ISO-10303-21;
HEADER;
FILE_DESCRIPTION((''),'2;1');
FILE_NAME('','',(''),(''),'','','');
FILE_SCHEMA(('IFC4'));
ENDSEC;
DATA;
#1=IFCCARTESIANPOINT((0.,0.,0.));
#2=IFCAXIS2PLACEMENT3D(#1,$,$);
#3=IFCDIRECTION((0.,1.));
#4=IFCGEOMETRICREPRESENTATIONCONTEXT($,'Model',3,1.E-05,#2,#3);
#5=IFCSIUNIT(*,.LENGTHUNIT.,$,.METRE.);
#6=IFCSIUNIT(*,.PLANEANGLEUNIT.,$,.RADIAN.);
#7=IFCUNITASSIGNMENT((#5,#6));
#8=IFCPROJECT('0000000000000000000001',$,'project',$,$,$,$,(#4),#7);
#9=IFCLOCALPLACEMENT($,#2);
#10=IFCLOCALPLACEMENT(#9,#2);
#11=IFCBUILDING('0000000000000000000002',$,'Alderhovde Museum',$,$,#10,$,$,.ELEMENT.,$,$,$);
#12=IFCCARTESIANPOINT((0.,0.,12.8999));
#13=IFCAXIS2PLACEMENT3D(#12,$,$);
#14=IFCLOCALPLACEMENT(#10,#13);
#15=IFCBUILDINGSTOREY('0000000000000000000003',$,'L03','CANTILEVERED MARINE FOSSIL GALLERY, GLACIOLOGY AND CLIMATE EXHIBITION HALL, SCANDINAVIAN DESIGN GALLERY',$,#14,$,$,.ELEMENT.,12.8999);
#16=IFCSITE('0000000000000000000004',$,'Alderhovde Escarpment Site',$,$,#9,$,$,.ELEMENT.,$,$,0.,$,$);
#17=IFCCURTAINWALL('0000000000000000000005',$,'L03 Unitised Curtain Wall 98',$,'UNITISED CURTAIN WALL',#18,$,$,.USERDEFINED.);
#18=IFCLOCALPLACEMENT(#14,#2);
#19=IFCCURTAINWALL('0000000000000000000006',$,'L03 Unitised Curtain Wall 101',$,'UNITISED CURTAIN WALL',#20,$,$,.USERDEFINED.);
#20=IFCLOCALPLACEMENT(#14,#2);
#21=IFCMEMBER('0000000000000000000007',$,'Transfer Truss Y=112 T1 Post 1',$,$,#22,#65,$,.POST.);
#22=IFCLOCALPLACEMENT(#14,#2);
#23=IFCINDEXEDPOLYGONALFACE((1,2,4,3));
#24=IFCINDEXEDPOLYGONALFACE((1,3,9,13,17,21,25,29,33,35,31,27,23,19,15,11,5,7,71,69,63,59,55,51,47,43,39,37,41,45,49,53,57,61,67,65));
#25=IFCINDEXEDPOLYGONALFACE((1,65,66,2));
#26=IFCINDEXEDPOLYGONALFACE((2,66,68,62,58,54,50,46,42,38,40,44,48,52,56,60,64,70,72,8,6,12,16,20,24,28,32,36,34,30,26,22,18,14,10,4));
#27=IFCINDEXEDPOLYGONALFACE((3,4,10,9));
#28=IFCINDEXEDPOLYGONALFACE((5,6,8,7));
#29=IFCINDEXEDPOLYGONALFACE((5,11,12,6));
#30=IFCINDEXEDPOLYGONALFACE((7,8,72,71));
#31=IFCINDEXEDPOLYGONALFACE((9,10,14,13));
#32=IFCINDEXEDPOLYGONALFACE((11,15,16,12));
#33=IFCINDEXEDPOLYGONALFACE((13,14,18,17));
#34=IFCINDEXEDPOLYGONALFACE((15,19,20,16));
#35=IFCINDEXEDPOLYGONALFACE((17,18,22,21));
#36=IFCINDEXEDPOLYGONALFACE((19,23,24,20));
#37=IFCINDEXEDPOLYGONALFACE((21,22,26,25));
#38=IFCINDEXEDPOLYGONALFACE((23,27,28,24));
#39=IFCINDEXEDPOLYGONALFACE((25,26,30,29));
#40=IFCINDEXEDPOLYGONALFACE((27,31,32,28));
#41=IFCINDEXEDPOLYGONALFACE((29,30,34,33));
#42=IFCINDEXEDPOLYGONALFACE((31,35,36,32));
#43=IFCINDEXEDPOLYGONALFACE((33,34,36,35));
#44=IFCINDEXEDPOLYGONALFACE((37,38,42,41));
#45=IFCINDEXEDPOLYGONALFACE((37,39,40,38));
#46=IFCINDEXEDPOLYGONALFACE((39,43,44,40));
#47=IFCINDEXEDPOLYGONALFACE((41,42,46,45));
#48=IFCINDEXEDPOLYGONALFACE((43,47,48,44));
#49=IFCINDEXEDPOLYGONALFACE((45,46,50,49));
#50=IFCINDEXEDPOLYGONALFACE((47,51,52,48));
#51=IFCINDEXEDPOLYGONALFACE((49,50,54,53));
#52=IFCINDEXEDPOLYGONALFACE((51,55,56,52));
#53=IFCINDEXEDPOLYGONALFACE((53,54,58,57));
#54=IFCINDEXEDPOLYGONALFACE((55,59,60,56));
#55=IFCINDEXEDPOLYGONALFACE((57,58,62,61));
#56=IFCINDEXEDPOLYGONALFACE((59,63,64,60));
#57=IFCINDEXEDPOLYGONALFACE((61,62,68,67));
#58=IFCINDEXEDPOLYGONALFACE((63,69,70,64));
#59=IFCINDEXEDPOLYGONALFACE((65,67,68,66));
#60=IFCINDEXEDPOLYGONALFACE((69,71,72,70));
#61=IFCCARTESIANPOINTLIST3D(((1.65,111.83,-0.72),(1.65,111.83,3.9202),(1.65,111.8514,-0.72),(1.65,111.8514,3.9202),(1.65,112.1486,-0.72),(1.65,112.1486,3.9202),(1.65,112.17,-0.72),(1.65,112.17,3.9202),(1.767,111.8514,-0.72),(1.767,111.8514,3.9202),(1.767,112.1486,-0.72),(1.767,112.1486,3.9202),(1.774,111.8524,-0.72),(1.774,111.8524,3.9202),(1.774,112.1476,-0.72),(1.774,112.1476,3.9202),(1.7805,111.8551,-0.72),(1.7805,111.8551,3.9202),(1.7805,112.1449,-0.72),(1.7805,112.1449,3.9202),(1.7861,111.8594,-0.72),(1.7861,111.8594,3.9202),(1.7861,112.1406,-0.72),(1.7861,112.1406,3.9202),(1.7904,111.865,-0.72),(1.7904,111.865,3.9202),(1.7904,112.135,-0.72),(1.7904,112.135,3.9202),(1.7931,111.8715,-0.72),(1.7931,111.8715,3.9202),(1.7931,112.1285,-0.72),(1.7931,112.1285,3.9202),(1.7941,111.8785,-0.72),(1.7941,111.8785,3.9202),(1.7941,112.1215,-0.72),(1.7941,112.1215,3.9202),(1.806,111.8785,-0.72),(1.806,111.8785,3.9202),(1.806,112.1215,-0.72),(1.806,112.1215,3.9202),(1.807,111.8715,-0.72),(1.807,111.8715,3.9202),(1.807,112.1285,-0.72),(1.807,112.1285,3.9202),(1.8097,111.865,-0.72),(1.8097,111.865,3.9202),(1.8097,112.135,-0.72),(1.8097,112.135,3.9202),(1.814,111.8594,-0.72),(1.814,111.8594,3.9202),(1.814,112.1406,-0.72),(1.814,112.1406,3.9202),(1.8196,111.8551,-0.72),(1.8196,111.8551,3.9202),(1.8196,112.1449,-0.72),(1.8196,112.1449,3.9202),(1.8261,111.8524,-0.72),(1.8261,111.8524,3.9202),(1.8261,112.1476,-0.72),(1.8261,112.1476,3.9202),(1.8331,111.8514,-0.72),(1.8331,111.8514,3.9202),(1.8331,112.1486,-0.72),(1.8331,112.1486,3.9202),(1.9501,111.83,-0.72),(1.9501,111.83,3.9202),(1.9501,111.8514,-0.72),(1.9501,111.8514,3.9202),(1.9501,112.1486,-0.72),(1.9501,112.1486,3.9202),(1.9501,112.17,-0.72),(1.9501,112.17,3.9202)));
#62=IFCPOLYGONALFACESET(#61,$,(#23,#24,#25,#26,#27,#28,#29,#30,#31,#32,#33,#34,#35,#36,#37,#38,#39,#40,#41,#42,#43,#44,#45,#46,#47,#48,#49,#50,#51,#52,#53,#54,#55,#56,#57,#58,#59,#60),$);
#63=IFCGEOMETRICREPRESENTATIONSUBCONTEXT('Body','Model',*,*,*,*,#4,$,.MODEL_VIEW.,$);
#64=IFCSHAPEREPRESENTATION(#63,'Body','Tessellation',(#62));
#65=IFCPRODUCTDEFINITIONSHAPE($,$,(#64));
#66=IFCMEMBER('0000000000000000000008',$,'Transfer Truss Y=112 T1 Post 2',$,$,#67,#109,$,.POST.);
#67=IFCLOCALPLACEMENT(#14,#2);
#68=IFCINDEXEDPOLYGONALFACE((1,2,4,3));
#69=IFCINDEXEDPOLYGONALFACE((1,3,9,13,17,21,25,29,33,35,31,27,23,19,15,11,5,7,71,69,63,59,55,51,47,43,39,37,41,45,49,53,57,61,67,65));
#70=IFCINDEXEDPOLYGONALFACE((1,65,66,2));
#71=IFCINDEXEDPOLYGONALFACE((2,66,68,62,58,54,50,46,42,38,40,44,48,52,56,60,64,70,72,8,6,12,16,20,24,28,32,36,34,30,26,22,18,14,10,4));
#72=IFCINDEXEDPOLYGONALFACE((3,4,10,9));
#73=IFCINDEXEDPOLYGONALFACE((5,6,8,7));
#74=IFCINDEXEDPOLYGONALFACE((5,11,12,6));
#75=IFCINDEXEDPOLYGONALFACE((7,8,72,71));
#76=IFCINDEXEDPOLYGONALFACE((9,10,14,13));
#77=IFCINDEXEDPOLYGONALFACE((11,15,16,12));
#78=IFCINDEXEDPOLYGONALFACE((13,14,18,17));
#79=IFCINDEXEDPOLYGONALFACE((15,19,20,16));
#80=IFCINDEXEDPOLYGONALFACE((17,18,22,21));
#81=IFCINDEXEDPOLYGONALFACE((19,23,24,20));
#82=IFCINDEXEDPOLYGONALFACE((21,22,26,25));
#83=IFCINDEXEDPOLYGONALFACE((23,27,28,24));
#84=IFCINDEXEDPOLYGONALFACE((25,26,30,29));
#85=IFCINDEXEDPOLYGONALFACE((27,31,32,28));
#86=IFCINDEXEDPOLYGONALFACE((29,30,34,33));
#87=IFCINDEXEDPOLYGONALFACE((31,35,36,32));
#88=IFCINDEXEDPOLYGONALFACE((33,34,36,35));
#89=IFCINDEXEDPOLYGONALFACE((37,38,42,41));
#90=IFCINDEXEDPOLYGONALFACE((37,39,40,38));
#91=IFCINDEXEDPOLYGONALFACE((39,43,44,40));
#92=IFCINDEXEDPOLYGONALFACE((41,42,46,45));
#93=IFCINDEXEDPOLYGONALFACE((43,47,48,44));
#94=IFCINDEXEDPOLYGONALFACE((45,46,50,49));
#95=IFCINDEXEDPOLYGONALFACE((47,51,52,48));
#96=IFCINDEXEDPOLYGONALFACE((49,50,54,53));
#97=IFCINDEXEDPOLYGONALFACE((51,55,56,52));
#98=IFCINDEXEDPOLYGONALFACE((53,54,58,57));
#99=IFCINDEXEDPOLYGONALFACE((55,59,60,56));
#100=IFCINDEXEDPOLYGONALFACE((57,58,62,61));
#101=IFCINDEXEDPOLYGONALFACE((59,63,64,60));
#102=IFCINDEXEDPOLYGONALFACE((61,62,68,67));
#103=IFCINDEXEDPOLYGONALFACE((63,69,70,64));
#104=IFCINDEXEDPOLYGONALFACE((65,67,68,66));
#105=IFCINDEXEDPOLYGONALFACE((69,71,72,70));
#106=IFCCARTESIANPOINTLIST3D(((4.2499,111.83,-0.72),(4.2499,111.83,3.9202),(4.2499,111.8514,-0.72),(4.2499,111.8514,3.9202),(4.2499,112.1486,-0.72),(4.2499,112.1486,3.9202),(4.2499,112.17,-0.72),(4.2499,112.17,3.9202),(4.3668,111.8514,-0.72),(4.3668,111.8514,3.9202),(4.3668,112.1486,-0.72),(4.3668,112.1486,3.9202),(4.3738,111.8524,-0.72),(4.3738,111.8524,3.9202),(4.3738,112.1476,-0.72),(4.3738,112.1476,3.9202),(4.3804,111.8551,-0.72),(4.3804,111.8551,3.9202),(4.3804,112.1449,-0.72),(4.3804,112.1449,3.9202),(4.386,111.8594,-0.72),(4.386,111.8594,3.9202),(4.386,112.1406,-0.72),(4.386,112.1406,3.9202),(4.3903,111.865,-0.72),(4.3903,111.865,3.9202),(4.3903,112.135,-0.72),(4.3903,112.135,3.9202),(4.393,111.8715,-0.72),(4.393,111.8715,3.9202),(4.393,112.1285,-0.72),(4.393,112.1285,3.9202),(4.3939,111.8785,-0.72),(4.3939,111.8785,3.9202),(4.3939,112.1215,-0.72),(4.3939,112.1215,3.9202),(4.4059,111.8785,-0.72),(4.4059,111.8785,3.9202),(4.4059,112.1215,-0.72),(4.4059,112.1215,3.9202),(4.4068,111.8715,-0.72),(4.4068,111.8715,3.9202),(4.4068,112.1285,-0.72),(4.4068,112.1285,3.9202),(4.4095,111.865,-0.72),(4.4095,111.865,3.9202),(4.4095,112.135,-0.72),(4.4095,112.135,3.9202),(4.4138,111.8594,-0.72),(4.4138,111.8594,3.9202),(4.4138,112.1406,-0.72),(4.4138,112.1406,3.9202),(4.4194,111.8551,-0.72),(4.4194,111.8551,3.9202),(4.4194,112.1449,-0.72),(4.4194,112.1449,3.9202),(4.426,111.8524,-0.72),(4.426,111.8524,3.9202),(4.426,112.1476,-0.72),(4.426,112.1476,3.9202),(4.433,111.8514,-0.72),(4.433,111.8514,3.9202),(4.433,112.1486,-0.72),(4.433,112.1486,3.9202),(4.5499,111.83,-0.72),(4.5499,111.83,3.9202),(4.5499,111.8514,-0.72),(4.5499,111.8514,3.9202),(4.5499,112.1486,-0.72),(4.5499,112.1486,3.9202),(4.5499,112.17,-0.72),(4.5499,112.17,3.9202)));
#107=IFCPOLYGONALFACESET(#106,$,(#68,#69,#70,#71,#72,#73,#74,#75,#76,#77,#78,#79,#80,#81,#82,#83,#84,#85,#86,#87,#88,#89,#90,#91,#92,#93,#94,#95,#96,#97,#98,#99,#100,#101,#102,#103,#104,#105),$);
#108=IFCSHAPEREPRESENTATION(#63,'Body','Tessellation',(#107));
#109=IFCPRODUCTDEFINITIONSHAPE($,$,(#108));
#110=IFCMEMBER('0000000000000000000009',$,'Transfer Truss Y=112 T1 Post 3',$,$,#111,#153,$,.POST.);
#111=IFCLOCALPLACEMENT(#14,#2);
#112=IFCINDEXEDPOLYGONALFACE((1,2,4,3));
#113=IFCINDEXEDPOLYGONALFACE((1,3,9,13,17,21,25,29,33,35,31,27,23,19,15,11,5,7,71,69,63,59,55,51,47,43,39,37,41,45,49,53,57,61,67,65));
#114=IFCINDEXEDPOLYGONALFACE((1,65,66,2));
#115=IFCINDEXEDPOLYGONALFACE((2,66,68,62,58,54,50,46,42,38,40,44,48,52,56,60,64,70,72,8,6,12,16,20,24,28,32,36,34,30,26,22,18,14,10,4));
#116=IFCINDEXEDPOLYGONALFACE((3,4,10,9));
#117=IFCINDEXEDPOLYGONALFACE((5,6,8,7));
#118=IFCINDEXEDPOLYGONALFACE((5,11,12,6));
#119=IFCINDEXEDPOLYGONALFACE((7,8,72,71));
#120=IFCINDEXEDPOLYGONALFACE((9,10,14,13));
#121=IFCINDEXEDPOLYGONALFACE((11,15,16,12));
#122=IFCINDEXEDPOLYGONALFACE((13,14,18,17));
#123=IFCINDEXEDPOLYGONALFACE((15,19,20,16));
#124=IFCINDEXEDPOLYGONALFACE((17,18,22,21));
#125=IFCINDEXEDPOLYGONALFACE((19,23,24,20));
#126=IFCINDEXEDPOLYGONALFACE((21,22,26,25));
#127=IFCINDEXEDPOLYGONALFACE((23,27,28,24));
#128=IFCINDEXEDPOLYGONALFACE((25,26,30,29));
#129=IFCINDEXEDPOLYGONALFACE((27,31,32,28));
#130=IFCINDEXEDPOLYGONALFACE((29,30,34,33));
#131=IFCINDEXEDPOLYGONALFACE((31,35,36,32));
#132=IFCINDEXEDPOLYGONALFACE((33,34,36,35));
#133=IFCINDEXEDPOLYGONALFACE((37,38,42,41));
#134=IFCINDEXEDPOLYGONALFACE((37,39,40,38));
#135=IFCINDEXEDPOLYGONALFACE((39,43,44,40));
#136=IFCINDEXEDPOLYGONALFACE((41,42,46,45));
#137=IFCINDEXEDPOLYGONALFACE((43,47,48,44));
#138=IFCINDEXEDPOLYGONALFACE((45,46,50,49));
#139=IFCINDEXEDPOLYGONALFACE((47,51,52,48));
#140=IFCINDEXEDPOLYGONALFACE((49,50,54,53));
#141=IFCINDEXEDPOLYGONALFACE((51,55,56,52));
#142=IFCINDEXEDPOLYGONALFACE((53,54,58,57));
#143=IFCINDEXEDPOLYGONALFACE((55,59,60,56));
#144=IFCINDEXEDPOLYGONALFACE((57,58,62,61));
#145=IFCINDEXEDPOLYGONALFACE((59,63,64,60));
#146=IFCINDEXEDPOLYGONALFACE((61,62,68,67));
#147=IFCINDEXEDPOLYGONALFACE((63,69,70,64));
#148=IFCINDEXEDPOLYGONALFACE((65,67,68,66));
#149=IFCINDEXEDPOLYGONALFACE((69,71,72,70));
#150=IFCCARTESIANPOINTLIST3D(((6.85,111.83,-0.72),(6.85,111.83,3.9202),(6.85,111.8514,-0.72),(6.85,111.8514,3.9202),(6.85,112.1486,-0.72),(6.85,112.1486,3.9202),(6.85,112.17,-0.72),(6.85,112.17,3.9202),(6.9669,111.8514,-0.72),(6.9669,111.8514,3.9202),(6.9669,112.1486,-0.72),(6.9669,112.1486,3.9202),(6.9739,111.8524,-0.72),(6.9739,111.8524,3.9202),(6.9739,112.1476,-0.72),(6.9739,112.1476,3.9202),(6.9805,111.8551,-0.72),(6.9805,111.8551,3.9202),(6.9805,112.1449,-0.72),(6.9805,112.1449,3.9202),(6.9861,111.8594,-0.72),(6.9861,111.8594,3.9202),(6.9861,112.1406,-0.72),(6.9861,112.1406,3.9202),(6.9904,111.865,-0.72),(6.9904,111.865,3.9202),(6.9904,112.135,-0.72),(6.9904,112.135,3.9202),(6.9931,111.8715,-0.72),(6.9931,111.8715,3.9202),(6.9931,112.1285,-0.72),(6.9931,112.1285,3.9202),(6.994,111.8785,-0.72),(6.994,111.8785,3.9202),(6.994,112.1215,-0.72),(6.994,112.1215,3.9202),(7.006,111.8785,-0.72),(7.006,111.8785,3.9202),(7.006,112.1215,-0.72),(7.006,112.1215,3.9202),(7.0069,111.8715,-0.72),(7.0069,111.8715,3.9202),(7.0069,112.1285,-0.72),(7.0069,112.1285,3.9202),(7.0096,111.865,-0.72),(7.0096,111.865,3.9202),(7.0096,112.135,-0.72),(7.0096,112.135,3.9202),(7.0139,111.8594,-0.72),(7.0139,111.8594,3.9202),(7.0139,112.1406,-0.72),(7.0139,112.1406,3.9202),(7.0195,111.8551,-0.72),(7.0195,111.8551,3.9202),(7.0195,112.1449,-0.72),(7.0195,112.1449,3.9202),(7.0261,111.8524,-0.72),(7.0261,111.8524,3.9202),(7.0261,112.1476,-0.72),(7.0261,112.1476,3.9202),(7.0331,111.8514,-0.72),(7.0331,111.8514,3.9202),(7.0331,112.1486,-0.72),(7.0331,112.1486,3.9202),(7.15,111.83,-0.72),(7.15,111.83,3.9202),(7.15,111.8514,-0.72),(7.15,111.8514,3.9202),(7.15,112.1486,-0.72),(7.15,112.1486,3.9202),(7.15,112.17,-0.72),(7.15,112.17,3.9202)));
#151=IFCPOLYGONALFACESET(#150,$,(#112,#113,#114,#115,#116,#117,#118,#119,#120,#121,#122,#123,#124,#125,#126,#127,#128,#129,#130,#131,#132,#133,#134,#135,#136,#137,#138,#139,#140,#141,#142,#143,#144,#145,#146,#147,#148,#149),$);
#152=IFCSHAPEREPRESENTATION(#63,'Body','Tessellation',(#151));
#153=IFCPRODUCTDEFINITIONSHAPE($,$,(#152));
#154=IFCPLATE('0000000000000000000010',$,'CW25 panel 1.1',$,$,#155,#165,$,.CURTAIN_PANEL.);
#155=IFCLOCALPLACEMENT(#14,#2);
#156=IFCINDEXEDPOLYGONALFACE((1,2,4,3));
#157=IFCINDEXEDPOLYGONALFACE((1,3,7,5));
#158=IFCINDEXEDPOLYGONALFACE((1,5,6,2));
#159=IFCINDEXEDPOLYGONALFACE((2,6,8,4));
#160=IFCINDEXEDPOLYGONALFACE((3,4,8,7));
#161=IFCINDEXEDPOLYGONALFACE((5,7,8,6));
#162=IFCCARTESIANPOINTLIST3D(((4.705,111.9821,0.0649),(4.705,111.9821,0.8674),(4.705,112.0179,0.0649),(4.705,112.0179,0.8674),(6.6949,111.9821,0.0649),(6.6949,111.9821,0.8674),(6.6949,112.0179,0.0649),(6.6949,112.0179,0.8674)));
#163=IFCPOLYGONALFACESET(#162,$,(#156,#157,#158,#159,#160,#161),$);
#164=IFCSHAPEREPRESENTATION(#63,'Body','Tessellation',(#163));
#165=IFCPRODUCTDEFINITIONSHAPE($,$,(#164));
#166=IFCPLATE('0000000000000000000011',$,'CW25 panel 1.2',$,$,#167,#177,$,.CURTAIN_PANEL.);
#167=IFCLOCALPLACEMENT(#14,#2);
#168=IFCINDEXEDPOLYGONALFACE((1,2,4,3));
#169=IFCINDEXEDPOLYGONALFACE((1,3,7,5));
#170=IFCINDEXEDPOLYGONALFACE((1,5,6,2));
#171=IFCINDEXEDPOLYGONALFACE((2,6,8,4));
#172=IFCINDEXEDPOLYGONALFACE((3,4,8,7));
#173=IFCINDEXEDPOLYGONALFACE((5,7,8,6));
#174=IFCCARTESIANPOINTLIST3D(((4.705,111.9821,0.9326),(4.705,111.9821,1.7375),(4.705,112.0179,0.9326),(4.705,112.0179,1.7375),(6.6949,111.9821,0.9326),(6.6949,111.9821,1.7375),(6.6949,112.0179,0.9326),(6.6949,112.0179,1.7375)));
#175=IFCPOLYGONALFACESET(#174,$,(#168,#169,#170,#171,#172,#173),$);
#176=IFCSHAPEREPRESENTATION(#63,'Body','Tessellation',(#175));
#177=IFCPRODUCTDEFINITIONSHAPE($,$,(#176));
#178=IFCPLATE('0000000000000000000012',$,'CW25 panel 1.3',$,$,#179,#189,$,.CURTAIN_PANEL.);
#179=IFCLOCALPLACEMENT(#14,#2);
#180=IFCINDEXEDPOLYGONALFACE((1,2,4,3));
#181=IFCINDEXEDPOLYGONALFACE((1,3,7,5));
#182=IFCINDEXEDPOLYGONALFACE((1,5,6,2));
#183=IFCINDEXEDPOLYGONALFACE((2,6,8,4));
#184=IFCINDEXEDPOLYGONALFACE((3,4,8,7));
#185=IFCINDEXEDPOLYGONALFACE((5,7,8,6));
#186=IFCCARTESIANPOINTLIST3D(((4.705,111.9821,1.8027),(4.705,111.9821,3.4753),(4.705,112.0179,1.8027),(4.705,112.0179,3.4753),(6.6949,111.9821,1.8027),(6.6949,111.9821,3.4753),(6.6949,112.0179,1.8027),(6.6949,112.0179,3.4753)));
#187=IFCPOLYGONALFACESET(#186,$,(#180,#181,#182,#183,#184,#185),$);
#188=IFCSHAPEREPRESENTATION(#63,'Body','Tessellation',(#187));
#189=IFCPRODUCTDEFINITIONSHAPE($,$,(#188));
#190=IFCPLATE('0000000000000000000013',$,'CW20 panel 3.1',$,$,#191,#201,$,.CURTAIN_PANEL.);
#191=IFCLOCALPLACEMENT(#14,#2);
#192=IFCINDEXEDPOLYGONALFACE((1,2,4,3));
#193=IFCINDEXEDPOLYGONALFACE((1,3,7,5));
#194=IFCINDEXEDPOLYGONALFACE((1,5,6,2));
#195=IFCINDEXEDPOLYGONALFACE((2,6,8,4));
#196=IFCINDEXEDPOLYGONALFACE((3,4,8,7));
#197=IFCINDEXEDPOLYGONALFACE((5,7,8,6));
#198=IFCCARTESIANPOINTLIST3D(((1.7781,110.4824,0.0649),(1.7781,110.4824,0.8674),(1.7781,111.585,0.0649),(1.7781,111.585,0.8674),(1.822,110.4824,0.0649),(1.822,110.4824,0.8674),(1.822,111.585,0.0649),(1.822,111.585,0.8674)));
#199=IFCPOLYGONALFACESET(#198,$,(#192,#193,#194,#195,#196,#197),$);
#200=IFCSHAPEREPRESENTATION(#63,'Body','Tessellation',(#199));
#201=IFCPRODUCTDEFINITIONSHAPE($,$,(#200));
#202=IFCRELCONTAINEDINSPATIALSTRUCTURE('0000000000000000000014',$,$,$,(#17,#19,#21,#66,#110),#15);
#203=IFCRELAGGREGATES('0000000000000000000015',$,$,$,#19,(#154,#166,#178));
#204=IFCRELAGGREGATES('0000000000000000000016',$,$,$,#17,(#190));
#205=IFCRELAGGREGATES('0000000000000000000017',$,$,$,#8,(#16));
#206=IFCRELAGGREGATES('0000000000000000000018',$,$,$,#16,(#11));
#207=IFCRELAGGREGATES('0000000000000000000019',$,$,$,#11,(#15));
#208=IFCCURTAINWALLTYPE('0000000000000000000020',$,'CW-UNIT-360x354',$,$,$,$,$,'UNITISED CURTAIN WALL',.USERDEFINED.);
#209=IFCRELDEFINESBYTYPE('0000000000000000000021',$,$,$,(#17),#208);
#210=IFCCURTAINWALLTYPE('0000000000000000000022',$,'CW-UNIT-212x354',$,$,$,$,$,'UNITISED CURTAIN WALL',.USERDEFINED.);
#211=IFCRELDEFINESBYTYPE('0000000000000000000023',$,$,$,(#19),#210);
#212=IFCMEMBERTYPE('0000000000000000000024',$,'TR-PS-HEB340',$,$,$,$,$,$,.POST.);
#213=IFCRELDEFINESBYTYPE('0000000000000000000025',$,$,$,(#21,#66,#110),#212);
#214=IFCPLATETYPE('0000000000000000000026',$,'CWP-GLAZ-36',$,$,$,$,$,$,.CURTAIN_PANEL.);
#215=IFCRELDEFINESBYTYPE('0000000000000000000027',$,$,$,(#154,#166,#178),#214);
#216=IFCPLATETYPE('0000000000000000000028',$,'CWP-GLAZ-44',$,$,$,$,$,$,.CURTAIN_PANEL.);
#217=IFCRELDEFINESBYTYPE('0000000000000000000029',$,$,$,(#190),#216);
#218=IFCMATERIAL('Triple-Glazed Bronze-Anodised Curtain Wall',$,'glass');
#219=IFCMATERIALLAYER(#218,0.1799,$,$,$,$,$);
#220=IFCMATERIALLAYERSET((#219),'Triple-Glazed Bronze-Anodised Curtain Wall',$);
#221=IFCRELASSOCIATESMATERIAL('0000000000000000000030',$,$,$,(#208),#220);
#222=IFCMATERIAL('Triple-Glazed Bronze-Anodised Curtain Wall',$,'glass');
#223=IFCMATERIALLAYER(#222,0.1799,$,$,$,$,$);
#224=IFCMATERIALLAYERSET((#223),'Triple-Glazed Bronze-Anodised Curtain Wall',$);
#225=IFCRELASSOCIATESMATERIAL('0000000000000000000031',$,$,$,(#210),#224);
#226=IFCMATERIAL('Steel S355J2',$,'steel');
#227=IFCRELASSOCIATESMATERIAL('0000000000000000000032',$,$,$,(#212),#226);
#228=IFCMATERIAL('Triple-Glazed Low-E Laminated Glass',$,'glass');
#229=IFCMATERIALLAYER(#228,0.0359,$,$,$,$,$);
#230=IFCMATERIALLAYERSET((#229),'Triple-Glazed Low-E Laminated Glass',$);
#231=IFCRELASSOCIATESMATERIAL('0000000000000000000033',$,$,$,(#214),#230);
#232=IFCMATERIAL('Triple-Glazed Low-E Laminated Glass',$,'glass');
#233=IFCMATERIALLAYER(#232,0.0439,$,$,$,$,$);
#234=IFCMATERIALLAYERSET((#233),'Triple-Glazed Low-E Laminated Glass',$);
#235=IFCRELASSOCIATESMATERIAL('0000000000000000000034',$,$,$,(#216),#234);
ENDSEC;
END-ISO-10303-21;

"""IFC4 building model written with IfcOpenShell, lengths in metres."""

from ifc_helpers import new_model, si_unit, direction, frame, origin, origin_2d, place, context, subcontext, project, spatial, rectangle, i_section, extrude, material, layer, layer_set, material_profile, profile_set, type_object, element, aggregate, save


model = new_model("IFC4")

# Units and contexts
model_context = context("Model", 3, precision=1e-05, world=origin(), true_north=direction((0.0, 1.0)))
body_context = subcontext(model_context, "Body", "Model", "MODEL_VIEW")
ifc_project = project(units=[si_unit("LENGTHUNIT", "METRE"), si_unit("PLANEANGLEUNIT", "RADIAN")], contexts=[model_context])

# Site, building, storey
site_placement = place(None, origin())
site = spatial("IfcSite", under=ifc_project, at=site_placement, Name="Alderhovde Escarpment Site", CompositionType="ELEMENT", RefElevation=0.0)
building_placement = place(site_placement, origin())
building = spatial("IfcBuilding", under=site, at=building_placement, Name="Alderhovde Museum", CompositionType="ELEMENT")
storey_placement = place(building_placement, frame((0.0, 0.0, 12.8999)))
storey = spatial("IfcBuildingStorey", under=building, at=storey_placement, Name="L03", Description="CANTILEVERED MARINE FOSSIL GALLERY, GLACIOLOGY AND CLIMATE EXHIBITION HALL, SCANDINAVIAN DESIGN GALLERY", CompositionType="ELEMENT", Elevation=12.8999)

# Curtain wall
ifc_material_1 = material(Name="Triple-Glazed Bronze-Anodised Curtain Wall", Category="glass")
ifc_layer_1 = layer(ifc_material_1, 0.1799)
ifc_layer_set_1 = layer_set([ifc_layer_1], Name="Triple-Glazed Bronze-Anodised Curtain Wall")
curtain_wall_type_1 = type_object("IfcCurtainWallType", Name="CW-UNIT-360x354", ElementType="UNITISED CURTAIN WALL", PredefinedType="USERDEFINED", material=ifc_layer_set_1)
curtain_wall_1_placement = place(storey_placement, origin())
curtain_wall_1 = element("IfcCurtainWall", 1, at=curtain_wall_1_placement, inside=storey, type_object=curtain_wall_type_1, Name="L03 Unitised Curtain Wall 98", ObjectType="UNITISED CURTAIN WALL", PredefinedType="USERDEFINED")

# Curtain wall
ifc_material_2 = material(Name="Triple-Glazed Bronze-Anodised Curtain Wall", Category="glass")
ifc_layer_2 = layer(ifc_material_2, 0.1799)
ifc_layer_set_2 = layer_set([ifc_layer_2], Name="Triple-Glazed Bronze-Anodised Curtain Wall")
curtain_wall_type_2 = type_object("IfcCurtainWallType", Name="CW-UNIT-212x354", ElementType="UNITISED CURTAIN WALL", PredefinedType="USERDEFINED", material=ifc_layer_set_2)
curtain_wall_2_placement = place(storey_placement, origin())
curtain_wall_2 = element("IfcCurtainWall", 2, at=curtain_wall_2_placement, inside=storey, type_object=curtain_wall_type_2, Name="L03 Unitised Curtain Wall 101", ObjectType="UNITISED CURTAIN WALL", PredefinedType="USERDEFINED")

# Members
ifc_material_3 = material(Name="Steel S355J2", Category="steel")
ifc_material_profile_1 = material_profile(ifc_material_3, i_section(OverallWidth=0.3, OverallDepth=0.3401, WebThickness=0.012, FlangeThickness=0.0215, FilletRadius=0.0271, at=origin_2d()), Name="HEB 340")
ifc_profile_set_1 = profile_set([ifc_material_profile_1], Name="Steel S355J2")
member_type_1 = type_object("IfcMemberType", Name="TR-PS-HEB340", PredefinedType="POST", material=ifc_profile_set_1)
for number, where, z_axis, x_axis, name in (
    (3, (1.8, 112.0, -0.72), (0.0, 0.0, 1.0), (1.0, 0.0, 0.0), "Transfer Truss Y=112 T1 Post 1"),
    (4, (4.3999, 112.0, -0.72), (0.0, 0.0, 1.0), (1.0, 0.0, 0.0), "Transfer Truss Y=112 T1 Post 2"),
    (5, (7.0, 112.0, -0.72), (0.0, 0.0, 1.0), (1.0, 0.0, 0.0), "Transfer Truss Y=112 T1 Post 3"),
):
    element("IfcMember", number, at=place(storey_placement, frame(where, z_axis=z_axis, x_axis=x_axis)), inside=storey, type_object=member_type_1, Name=name, PredefinedType="POST", context=body_context, shape_type="SweptSolid", body=[
        extrude(i_section(OverallWidth=0.3, OverallDepth=0.3401, WebThickness=0.012, FlangeThickness=0.0215, FilletRadius=0.0271, at=origin_2d()), origin(), (0.0, 0.0, 1.0), 4.6401),
    ])

# Plates
ifc_material_4 = material(Name="Triple-Glazed Low-E Laminated Glass", Category="glass")
ifc_layer_3 = layer(ifc_material_4, 0.0359)
ifc_layer_set_3 = layer_set([ifc_layer_3], Name="Triple-Glazed Low-E Laminated Glass")
plate_type_1 = type_object("IfcPlateType", Name="CWP-GLAZ-36", PredefinedType="CURTAIN_PANEL", material=ifc_layer_set_3)
plate_1_placement = place(storey_placement, frame((5.7, 112.0, 0.0649), z_axis=(0.0, 0.0, 1.0), x_axis=(1.0, 0.0, 0.0)))
plate_1 = element("IfcPlate", 6, at=plate_1_placement, type_object=plate_type_1, Name="CW25 panel 1.1", PredefinedType="CURTAIN_PANEL", context=body_context, shape_type="SweptSolid", body=[
    extrude(rectangle(XDim=1.99, YDim=0.0359, at=origin_2d()), origin(), (0.0, 0.0, 1.0), 0.8025),
])
plate_2_placement = place(storey_placement, frame((5.7, 112.0, 0.9326), z_axis=(0.0, 0.0, 1.0), x_axis=(1.0, 0.0, 0.0)))
plate_2 = element("IfcPlate", 7, at=plate_2_placement, type_object=plate_type_1, Name="CW25 panel 1.2", PredefinedType="CURTAIN_PANEL", context=body_context, shape_type="SweptSolid", body=[
    extrude(rectangle(XDim=1.99, YDim=0.0359, at=origin_2d()), origin(), (0.0, 0.0, 1.0), 0.8049),
])
plate_3_placement = place(storey_placement, frame((5.7, 112.0, 1.8027), z_axis=(0.0, 0.0, 1.0), x_axis=(1.0, 0.0, 0.0)))
plate_3 = element("IfcPlate", 8, at=plate_3_placement, type_object=plate_type_1, Name="CW25 panel 1.3", PredefinedType="CURTAIN_PANEL", context=body_context, shape_type="SweptSolid", body=[
    extrude(rectangle(XDim=1.99, YDim=0.0359, at=origin_2d()), origin(), (0.0, 0.0, 1.0), 1.6726),
])
aggregate(curtain_wall_2, [plate_1, plate_2, plate_3])
ifc_material_5 = material(Name="Triple-Glazed Low-E Laminated Glass", Category="glass")
ifc_layer_4 = layer(ifc_material_5, 0.0439)
ifc_layer_set_4 = layer_set([ifc_layer_4], Name="Triple-Glazed Low-E Laminated Glass")
plate_type_2 = type_object("IfcPlateType", Name="CWP-GLAZ-44", PredefinedType="CURTAIN_PANEL", material=ifc_layer_set_4)
plate_4_placement = place(storey_placement, frame((1.8, 111.0337, 0.0649), z_axis=(0.0, 0.0, 1.0), x_axis=(0.0, 1.0, 0.0)))
plate_4 = element("IfcPlate", 9, at=plate_4_placement, type_object=plate_type_2, Name="CW20 panel 3.1", PredefinedType="CURTAIN_PANEL", context=body_context, shape_type="SweptSolid", body=[
    extrude(rectangle(XDim=1.1025, YDim=0.0439, at=origin_2d()), origin(), (0.0, 0.0, 1.0), 0.8025),
])
aggregate(curtain_wall_1, [plate_4])

save(model, "model.ifc")
